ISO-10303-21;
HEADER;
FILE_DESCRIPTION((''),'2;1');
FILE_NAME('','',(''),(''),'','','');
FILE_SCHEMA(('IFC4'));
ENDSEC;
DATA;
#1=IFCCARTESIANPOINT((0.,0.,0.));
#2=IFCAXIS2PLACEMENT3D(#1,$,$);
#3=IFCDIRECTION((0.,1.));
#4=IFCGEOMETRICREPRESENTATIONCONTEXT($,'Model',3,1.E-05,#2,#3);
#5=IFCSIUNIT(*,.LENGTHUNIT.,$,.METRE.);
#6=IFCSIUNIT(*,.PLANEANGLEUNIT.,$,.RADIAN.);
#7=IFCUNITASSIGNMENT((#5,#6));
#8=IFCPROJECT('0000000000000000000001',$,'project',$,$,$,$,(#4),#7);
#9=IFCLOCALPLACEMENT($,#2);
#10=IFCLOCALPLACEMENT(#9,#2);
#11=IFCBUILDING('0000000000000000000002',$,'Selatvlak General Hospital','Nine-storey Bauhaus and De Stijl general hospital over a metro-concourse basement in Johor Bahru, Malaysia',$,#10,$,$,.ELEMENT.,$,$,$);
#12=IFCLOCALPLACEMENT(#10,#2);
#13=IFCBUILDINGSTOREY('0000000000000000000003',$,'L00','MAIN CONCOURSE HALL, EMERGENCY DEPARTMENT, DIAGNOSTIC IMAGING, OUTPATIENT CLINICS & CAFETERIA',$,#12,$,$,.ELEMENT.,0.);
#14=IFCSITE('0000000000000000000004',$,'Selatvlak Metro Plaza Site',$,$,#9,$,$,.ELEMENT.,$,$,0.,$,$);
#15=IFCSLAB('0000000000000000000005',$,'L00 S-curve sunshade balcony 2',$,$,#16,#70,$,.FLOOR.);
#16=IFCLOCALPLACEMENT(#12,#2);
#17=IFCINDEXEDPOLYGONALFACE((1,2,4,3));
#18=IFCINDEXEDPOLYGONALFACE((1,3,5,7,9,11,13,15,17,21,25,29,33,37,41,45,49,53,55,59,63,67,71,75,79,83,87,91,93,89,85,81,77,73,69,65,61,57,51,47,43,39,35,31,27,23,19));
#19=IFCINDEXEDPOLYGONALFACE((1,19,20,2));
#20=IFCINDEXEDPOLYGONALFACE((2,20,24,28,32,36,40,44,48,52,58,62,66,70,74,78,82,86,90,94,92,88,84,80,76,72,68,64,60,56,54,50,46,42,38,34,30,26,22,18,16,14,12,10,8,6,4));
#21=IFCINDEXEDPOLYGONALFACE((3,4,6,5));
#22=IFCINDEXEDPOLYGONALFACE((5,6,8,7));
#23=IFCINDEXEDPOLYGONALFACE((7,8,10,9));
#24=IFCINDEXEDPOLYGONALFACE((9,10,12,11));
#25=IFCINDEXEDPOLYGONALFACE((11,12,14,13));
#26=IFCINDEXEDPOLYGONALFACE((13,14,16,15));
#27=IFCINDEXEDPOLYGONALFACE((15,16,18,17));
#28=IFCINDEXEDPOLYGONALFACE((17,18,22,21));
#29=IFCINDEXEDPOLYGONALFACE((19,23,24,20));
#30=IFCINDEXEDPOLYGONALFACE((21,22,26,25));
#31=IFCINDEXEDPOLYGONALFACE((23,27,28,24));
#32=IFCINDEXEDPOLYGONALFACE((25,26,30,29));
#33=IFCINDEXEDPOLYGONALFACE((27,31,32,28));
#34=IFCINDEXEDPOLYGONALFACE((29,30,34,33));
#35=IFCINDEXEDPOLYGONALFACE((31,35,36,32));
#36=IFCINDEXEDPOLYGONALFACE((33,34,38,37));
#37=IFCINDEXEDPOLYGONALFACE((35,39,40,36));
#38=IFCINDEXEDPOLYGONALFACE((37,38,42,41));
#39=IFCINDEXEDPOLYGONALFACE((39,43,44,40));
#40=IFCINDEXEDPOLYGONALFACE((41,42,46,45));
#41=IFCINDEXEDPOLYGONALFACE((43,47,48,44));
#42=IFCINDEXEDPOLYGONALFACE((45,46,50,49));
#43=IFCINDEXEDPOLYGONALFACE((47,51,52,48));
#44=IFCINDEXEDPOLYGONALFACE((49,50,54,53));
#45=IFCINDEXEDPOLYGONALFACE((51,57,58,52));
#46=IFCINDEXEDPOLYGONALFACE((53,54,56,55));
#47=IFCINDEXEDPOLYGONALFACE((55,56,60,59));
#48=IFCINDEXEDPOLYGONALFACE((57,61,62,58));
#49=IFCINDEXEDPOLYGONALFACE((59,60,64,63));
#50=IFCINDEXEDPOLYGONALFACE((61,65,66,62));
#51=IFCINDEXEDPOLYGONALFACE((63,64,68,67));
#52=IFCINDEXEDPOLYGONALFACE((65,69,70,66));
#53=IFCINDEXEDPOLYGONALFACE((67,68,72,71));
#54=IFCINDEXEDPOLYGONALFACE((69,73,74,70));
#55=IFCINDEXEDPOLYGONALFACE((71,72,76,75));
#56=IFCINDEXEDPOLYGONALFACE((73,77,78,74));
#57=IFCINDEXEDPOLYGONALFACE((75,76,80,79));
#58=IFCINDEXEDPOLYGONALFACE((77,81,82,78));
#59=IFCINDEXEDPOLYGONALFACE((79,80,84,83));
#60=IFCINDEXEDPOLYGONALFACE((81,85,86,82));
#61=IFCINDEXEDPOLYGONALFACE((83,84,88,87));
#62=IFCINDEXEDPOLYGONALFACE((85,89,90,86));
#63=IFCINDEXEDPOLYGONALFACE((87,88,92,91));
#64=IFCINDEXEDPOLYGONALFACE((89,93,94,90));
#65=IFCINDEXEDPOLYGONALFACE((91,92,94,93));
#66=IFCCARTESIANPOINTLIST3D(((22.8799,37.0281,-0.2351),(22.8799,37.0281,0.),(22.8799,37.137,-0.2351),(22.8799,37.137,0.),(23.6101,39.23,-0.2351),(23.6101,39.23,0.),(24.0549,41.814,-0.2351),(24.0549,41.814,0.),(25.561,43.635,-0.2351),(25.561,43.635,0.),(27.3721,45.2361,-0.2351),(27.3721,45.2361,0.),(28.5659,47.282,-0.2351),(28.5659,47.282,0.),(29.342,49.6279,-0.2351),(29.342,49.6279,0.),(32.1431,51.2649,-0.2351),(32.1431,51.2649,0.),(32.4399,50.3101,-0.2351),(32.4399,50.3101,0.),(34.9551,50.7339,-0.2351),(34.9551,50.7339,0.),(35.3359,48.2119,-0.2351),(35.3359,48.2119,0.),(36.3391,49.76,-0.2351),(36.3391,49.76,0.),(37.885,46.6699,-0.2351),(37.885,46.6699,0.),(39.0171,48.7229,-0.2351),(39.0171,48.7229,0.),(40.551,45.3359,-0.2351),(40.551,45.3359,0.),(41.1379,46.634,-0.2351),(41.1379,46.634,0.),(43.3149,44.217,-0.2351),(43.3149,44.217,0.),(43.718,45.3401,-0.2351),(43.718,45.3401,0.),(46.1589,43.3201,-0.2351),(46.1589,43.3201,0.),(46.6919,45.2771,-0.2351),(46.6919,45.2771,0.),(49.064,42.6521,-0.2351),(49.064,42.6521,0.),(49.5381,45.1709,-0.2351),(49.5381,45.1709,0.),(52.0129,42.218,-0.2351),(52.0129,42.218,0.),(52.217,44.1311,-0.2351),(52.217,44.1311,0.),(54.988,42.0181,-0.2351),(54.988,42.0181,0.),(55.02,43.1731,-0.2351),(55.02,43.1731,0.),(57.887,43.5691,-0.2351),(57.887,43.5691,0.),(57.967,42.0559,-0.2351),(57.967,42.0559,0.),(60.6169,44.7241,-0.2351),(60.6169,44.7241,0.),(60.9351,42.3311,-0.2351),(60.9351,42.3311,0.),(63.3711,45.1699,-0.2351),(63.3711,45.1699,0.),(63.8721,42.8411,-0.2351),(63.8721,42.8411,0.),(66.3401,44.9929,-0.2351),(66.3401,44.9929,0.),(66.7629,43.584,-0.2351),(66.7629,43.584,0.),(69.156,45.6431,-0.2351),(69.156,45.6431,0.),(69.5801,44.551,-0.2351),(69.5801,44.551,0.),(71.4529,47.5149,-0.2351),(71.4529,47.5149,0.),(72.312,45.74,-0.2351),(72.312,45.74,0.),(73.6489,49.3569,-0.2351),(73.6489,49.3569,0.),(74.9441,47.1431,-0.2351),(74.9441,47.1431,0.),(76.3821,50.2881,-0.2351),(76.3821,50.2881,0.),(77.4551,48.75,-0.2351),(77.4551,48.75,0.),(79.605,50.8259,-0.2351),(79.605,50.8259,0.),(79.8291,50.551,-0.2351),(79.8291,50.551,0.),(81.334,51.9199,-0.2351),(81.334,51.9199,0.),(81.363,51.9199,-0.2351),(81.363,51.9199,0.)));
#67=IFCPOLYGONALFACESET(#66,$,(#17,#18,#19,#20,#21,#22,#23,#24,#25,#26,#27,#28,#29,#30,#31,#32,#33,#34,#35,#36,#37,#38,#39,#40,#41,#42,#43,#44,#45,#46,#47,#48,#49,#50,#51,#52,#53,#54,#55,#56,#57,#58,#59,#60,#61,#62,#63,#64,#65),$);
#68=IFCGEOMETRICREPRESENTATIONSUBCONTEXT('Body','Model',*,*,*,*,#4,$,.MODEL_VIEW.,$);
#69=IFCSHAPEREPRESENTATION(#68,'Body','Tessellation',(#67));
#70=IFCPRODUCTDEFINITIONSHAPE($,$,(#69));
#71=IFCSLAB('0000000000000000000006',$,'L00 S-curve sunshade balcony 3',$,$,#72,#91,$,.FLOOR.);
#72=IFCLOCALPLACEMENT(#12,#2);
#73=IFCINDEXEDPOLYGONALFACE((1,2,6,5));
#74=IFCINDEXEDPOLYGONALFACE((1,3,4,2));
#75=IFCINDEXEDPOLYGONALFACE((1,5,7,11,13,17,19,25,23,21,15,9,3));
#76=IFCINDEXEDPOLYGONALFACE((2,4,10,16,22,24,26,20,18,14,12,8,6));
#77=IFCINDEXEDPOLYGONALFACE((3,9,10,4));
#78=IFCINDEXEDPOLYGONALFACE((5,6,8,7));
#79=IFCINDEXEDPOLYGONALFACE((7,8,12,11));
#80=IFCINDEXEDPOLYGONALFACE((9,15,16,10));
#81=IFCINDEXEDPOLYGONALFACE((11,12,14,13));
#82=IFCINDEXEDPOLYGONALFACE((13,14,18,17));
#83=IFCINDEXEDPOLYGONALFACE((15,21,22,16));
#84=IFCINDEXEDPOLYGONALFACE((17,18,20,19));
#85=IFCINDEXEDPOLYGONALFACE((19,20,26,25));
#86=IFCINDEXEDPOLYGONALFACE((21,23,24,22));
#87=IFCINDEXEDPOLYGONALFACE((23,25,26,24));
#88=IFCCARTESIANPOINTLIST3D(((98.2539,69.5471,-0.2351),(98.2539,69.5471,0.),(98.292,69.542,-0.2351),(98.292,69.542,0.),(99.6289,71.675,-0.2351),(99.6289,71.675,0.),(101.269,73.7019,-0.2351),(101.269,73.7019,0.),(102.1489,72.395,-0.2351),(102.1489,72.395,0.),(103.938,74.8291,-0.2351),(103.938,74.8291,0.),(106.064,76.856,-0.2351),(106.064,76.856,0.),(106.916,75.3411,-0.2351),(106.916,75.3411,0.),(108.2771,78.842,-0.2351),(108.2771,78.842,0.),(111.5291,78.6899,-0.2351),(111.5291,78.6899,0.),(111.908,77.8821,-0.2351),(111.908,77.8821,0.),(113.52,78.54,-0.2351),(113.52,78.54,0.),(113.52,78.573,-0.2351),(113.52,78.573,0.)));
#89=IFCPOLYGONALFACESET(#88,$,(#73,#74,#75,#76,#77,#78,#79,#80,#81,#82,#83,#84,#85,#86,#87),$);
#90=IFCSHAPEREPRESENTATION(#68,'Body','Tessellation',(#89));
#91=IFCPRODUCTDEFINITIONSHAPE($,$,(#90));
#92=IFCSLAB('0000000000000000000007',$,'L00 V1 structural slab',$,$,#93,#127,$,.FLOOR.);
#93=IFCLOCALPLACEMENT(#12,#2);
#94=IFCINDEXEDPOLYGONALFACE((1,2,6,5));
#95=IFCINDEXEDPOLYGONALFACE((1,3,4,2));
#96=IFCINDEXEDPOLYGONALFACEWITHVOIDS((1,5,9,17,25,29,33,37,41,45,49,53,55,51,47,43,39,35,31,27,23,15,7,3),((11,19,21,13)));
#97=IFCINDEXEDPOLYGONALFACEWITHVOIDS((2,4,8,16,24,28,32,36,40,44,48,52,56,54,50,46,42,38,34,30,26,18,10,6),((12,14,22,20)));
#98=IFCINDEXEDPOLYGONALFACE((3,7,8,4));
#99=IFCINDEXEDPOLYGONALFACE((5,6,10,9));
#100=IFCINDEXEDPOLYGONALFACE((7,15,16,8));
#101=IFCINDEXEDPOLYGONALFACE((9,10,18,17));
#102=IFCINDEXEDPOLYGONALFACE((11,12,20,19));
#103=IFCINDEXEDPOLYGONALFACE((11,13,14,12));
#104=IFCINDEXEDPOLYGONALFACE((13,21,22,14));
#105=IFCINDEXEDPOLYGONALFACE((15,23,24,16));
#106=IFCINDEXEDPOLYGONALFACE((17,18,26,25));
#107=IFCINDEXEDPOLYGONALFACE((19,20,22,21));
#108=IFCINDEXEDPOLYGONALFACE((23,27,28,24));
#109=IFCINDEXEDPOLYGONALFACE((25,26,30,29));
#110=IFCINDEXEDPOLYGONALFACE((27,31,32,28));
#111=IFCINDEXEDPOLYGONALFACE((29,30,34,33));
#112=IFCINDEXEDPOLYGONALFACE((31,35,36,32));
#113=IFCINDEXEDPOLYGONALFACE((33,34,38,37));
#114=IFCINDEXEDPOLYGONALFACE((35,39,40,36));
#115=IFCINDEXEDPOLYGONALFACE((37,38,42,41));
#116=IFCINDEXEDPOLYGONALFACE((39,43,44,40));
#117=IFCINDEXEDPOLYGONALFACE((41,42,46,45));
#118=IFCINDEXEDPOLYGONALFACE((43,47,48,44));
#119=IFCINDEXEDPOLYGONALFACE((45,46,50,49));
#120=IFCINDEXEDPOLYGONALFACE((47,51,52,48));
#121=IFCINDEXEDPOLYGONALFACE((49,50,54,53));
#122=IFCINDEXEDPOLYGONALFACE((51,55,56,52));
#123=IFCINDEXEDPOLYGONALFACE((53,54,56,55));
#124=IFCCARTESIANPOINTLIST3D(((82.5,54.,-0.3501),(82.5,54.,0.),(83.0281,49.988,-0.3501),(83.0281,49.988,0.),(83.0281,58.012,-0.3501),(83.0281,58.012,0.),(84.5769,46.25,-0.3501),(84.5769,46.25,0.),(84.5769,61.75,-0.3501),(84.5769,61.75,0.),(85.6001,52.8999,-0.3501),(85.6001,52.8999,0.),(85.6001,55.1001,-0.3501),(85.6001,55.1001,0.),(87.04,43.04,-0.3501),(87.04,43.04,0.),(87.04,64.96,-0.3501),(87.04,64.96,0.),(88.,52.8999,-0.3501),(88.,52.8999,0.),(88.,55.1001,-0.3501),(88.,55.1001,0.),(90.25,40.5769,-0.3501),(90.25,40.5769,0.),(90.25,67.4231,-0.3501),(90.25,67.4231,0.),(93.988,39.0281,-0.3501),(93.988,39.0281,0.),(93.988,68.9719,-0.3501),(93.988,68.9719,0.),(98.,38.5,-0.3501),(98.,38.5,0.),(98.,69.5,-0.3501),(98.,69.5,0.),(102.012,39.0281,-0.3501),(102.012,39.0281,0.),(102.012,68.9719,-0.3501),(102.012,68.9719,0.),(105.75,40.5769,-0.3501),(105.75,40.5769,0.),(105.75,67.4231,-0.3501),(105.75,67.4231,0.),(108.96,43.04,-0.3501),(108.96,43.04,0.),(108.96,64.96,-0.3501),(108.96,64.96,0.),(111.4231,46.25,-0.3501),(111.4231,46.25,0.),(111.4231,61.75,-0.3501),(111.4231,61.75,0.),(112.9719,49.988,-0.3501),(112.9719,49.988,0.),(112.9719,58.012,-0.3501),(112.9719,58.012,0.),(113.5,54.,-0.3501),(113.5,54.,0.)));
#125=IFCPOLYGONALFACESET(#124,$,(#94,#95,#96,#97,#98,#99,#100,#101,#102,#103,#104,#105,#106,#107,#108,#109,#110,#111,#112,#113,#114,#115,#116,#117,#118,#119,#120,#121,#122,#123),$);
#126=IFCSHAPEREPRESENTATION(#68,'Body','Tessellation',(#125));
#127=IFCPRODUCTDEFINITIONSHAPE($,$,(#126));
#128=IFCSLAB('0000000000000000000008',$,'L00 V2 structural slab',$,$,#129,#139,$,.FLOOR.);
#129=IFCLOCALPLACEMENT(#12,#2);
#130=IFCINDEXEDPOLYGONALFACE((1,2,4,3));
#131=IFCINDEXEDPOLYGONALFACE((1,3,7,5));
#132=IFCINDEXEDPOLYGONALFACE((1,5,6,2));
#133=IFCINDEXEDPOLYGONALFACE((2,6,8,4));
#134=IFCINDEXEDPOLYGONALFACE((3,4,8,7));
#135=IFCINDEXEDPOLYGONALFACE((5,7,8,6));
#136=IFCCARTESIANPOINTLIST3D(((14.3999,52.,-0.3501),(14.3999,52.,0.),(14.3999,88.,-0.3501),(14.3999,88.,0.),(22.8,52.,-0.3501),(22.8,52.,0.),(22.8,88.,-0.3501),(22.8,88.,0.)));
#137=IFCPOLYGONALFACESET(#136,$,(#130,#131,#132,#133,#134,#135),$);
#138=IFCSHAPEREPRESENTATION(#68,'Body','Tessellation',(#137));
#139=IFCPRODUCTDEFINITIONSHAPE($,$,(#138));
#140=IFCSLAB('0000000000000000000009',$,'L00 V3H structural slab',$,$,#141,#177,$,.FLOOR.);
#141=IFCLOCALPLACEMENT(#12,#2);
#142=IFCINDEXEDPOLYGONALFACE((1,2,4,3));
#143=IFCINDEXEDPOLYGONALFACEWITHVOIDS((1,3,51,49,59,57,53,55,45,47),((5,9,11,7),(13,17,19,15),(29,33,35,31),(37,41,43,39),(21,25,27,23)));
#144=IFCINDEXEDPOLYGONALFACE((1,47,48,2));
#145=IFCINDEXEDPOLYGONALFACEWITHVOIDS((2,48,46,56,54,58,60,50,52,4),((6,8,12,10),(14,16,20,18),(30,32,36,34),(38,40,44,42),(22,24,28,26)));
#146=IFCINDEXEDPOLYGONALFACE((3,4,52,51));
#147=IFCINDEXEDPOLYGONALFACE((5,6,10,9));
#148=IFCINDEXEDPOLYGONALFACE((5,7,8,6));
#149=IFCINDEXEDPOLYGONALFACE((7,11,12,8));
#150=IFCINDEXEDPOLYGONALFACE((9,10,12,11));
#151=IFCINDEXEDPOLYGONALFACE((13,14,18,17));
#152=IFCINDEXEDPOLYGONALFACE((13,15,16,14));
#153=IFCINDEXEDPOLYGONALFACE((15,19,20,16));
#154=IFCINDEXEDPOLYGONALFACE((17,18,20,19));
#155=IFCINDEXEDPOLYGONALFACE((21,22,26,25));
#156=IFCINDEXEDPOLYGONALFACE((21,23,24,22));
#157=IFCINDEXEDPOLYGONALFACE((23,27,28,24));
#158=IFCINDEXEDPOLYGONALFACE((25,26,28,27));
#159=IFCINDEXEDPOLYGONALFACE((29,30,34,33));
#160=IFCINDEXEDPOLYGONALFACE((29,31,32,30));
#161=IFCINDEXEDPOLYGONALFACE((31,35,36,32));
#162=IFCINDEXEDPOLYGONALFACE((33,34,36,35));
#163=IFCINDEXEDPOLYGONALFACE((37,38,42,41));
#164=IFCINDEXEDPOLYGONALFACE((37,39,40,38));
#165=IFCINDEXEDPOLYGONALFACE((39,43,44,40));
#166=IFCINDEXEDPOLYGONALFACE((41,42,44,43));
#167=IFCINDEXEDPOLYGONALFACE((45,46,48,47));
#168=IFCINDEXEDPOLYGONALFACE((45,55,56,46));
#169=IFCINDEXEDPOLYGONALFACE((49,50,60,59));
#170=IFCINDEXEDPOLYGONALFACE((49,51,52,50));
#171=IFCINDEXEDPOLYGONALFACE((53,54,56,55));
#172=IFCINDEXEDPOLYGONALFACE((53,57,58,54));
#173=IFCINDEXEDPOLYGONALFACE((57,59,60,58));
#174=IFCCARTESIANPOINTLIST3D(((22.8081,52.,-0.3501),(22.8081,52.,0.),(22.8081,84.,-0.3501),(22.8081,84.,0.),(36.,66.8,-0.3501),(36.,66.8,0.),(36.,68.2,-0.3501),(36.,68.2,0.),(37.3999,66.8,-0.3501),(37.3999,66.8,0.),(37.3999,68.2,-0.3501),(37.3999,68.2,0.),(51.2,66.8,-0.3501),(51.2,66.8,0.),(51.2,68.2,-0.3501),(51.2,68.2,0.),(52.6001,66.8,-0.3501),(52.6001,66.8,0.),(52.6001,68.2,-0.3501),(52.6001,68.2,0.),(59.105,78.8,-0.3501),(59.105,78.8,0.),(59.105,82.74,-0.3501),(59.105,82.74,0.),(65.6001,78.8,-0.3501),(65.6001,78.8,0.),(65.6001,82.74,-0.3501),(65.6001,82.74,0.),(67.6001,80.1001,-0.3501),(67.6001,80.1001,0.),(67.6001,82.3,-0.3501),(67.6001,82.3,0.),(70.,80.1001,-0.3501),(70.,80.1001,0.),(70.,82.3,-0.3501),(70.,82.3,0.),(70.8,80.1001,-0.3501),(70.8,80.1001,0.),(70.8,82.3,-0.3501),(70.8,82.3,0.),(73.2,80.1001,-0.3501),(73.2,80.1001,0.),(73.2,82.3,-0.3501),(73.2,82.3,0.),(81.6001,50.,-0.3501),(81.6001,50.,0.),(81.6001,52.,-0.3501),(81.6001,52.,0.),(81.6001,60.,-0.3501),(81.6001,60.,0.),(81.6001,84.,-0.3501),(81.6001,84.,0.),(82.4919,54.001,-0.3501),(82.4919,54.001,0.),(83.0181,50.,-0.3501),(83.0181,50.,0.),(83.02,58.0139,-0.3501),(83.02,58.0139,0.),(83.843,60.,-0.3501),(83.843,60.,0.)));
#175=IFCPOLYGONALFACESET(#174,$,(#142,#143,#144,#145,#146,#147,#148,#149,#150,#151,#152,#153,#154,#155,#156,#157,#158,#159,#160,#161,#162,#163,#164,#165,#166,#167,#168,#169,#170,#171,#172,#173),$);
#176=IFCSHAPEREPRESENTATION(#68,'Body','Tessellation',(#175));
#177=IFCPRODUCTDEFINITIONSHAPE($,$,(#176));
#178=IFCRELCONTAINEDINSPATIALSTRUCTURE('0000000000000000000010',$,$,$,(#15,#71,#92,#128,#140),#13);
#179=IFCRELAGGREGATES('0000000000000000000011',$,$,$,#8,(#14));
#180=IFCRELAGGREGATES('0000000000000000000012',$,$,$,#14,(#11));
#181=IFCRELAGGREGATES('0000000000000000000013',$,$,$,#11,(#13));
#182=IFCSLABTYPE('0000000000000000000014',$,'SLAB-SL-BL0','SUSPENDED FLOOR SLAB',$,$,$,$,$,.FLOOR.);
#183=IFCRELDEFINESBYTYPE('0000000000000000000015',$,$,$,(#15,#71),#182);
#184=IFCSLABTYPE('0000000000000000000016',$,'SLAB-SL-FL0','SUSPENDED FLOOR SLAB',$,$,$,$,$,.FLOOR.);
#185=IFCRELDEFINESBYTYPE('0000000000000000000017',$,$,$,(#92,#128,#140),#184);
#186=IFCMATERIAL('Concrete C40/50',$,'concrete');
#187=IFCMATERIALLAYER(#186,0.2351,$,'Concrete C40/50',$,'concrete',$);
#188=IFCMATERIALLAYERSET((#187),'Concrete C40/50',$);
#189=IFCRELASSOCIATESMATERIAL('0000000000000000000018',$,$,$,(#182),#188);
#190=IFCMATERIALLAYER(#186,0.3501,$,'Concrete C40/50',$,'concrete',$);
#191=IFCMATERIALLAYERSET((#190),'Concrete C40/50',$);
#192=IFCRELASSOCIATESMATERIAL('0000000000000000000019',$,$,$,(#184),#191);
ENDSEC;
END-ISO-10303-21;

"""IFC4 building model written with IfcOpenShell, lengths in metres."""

from ifc_helpers import new_model, si_unit, direction, frame, origin, place, context, subcontext, project, spatial, polyline, outline, extrude, material, layer, layer_set, type_object, element, save


model = new_model("IFC4")

# Units and contexts
model_context = context("Model", 3, precision=1e-05, world=origin(), true_north=direction((0.0, 1.0)))
body_context = subcontext(model_context, "Body", "Model", "MODEL_VIEW")
ifc_project = project(units=[si_unit("LENGTHUNIT", "METRE"), si_unit("PLANEANGLEUNIT", "RADIAN")], contexts=[model_context])

# Site, building, storey
site_placement = place(None, origin())
site = spatial("IfcSite", under=ifc_project, at=site_placement, Name="Selatvlak Metro Plaza Site", CompositionType="ELEMENT", RefElevation=0.0)
building_placement = place(site_placement, origin())
building = spatial("IfcBuilding", under=site, at=building_placement, Name="Selatvlak General Hospital", Description="Nine-storey Bauhaus and De Stijl general hospital over a metro-concourse basement in Johor Bahru, Malaysia", CompositionType="ELEMENT")
storey_placement = place(building_placement, origin())
storey = spatial("IfcBuildingStorey", under=building, at=storey_placement, Name="L00", Description="MAIN CONCOURSE HALL, EMERGENCY DEPARTMENT, DIAGNOSTIC IMAGING, OUTPATIENT CLINICS & CAFETERIA", CompositionType="ELEMENT", Elevation=0.0)

# Shared definitions
ifc_material_1 = material(Name="Concrete C40/50", Category="concrete")

# Slabs
ifc_layer_1 = layer(ifc_material_1, 0.2351, Name="Concrete C40/50", Category="concrete")
ifc_layer_set_1 = layer_set([ifc_layer_1], Name="Concrete C40/50")
slab_type_1 = type_object("IfcSlabType", Name="SLAB-SL-BL0", Description="SUSPENDED FLOOR SLAB", PredefinedType="FLOOR", material=ifc_layer_set_1)
slab_1_placement = place(storey_placement, frame((0.0, 0.0, -0.2351)))
element("IfcSlab", 1, at=slab_1_placement, inside=storey, type_object=slab_type_1, Name="L00 S-curve sunshade balcony 2", PredefinedType="FLOOR", context=body_context, shape_type="SweptSolid", body=[
    extrude(outline(polyline([(46.6919, 45.2771), (49.5381, 45.1709), (52.217, 44.1311), (55.02, 43.1731), (57.887, 43.5691), (60.6169, 44.7241), (63.3711, 45.1699), (66.3401, 44.9929), (69.156, 45.6431), (71.4529, 47.5149), (73.6489, 49.3569), (76.3821, 50.2881), (79.605, 50.8259), (81.334, 51.9199), (81.363, 51.9199), (79.8291, 50.551), (77.4551, 48.75), (74.9441, 47.1431), (72.312, 45.74), (69.5801, 44.551), (66.7629, 43.584), (63.8721, 42.8411), (60.9351, 42.3311), (57.967, 42.0559), (54.988, 42.0181), (52.0129, 42.218), (49.064, 42.6521), (46.1589, 43.3201), (43.3149, 44.217), (40.551, 45.3359), (37.885, 46.6699), (35.3359, 48.2119), (32.4399, 50.3101), (22.8799, 37.0281), (22.8799, 37.137), (23.6101, 39.23), (24.0549, 41.814), (25.561, 43.635), (27.3721, 45.2361), (28.5659, 47.282), (29.342, 49.6279), (32.1431, 51.2649), (34.9551, 50.7339), (36.3391, 49.76), (39.0171, 48.7229), (41.1379, 46.634), (43.718, 45.3401), (46.6919, 45.2771)])), origin(), (0.0, 0.0, 1.0), 0.2351),
])
slab_2_placement = place(storey_placement, frame((0.0, 0.0, -0.2351)))
element("IfcSlab", 2, at=slab_2_placement, inside=storey, type_object=slab_type_1, Name="L00 S-curve sunshade balcony 3", PredefinedType="FLOOR", context=body_context, shape_type="SweptSolid", body=[
    extrude(outline(polyline([(106.064, 76.856), (108.2771, 78.842), (111.5291, 78.6899), (113.52, 78.573), (113.52, 78.54), (111.908, 77.8821), (106.916, 75.3411), (102.1489, 72.395), (98.292, 69.542), (98.2539, 69.5471), (99.6289, 71.675), (101.269, 73.7019), (103.938, 74.8291), (106.064, 76.856)])), origin(), (0.0, 0.0, 1.0), 0.2351),
])
ifc_layer_2 = layer(ifc_material_1, 0.3501, Name="Concrete C40/50", Category="concrete")
ifc_layer_set_2 = layer_set([ifc_layer_2], Name="Concrete C40/50")
slab_type_2 = type_object("IfcSlabType", Name="SLAB-SL-FL0", Description="SUSPENDED FLOOR SLAB", PredefinedType="FLOOR", material=ifc_layer_set_2)
slab_3_placement = place(storey_placement, frame((0.0, 0.0, -0.3501)))
element("IfcSlab", 3, at=slab_3_placement, inside=storey, type_object=slab_type_2, Name="L00 V1 structural slab", PredefinedType="FLOOR", context=body_context, shape_type="SweptSolid", body=[
    extrude(outline(polyline([(112.9719, 49.988), (111.4231, 46.25), (108.96, 43.04), (105.75, 40.5769), (102.012, 39.0281), (98.0, 38.5), (93.988, 39.0281), (90.25, 40.5769), (87.04, 43.04), (84.5769, 46.25), (83.0281, 49.988), (82.5, 54.0), (83.0281, 58.012), (84.5769, 61.75), (87.04, 64.96), (90.25, 67.4231), (93.988, 68.9719), (98.0, 69.5), (102.012, 68.9719), (105.75, 67.4231), (108.96, 64.96), (111.4231, 61.75), (112.9719, 58.012), (113.5, 54.0), (112.9719, 49.988)]), holes=[polyline([(88.0, 55.1001), (85.6001, 55.1001), (85.6001, 52.8999), (88.0, 52.8999), (88.0, 55.1001)])]), origin(), (0.0, 0.0, 1.0), 0.3501),
])
slab_4_placement = place(storey_placement, frame((0.0, 0.0, -0.3501)))
element("IfcSlab", 4, at=slab_4_placement, inside=storey, type_object=slab_type_2, Name="L00 V2 structural slab", PredefinedType="FLOOR", context=body_context, shape_type="SweptSolid", body=[
    extrude(outline(polyline([(14.3999, 52.0), (14.3999, 88.0), (22.8, 88.0), (22.8, 52.0), (14.3999, 52.0)])), origin(), (0.0, 0.0, 1.0), 0.3501),
])
slab_5_placement = place(storey_placement, frame((0.0, 0.0, -0.3501)))
element("IfcSlab", 5, at=slab_5_placement, inside=storey, type_object=slab_type_2, Name="L00 V3H structural slab", PredefinedType="FLOOR", context=body_context, shape_type="SweptSolid", body=[
    extrude(outline(polyline([(83.02, 58.0139), (82.4919, 54.001), (83.0181, 50.0), (81.6001, 50.0), (81.6001, 52.0), (22.8081, 52.0), (22.8081, 84.0), (81.6001, 84.0), (81.6001, 60.0), (83.843, 60.0), (83.02, 58.0139)]), holes=[polyline([(65.6001, 78.8), (65.6001, 82.74), (59.105, 82.74), (59.105, 78.8), (65.6001, 78.8)]), polyline([(70.0, 80.1001), (70.0, 82.3), (67.6001, 82.3), (67.6001, 80.1001), (70.0, 80.1001)]), polyline([(70.8, 80.1001), (73.2, 80.1001), (73.2, 82.3), (70.8, 82.3), (70.8, 80.1001)]), polyline([(51.2, 68.2), (51.2, 66.8), (52.6001, 66.8), (52.6001, 68.2), (51.2, 68.2)]), polyline([(37.3999, 68.2), (36.0, 68.2), (36.0, 66.8), (37.3999, 66.8), (37.3999, 68.2)])]), origin(), (0.0, 0.0, 1.0), 0.3501),
])

save(model, "model.ifc")
